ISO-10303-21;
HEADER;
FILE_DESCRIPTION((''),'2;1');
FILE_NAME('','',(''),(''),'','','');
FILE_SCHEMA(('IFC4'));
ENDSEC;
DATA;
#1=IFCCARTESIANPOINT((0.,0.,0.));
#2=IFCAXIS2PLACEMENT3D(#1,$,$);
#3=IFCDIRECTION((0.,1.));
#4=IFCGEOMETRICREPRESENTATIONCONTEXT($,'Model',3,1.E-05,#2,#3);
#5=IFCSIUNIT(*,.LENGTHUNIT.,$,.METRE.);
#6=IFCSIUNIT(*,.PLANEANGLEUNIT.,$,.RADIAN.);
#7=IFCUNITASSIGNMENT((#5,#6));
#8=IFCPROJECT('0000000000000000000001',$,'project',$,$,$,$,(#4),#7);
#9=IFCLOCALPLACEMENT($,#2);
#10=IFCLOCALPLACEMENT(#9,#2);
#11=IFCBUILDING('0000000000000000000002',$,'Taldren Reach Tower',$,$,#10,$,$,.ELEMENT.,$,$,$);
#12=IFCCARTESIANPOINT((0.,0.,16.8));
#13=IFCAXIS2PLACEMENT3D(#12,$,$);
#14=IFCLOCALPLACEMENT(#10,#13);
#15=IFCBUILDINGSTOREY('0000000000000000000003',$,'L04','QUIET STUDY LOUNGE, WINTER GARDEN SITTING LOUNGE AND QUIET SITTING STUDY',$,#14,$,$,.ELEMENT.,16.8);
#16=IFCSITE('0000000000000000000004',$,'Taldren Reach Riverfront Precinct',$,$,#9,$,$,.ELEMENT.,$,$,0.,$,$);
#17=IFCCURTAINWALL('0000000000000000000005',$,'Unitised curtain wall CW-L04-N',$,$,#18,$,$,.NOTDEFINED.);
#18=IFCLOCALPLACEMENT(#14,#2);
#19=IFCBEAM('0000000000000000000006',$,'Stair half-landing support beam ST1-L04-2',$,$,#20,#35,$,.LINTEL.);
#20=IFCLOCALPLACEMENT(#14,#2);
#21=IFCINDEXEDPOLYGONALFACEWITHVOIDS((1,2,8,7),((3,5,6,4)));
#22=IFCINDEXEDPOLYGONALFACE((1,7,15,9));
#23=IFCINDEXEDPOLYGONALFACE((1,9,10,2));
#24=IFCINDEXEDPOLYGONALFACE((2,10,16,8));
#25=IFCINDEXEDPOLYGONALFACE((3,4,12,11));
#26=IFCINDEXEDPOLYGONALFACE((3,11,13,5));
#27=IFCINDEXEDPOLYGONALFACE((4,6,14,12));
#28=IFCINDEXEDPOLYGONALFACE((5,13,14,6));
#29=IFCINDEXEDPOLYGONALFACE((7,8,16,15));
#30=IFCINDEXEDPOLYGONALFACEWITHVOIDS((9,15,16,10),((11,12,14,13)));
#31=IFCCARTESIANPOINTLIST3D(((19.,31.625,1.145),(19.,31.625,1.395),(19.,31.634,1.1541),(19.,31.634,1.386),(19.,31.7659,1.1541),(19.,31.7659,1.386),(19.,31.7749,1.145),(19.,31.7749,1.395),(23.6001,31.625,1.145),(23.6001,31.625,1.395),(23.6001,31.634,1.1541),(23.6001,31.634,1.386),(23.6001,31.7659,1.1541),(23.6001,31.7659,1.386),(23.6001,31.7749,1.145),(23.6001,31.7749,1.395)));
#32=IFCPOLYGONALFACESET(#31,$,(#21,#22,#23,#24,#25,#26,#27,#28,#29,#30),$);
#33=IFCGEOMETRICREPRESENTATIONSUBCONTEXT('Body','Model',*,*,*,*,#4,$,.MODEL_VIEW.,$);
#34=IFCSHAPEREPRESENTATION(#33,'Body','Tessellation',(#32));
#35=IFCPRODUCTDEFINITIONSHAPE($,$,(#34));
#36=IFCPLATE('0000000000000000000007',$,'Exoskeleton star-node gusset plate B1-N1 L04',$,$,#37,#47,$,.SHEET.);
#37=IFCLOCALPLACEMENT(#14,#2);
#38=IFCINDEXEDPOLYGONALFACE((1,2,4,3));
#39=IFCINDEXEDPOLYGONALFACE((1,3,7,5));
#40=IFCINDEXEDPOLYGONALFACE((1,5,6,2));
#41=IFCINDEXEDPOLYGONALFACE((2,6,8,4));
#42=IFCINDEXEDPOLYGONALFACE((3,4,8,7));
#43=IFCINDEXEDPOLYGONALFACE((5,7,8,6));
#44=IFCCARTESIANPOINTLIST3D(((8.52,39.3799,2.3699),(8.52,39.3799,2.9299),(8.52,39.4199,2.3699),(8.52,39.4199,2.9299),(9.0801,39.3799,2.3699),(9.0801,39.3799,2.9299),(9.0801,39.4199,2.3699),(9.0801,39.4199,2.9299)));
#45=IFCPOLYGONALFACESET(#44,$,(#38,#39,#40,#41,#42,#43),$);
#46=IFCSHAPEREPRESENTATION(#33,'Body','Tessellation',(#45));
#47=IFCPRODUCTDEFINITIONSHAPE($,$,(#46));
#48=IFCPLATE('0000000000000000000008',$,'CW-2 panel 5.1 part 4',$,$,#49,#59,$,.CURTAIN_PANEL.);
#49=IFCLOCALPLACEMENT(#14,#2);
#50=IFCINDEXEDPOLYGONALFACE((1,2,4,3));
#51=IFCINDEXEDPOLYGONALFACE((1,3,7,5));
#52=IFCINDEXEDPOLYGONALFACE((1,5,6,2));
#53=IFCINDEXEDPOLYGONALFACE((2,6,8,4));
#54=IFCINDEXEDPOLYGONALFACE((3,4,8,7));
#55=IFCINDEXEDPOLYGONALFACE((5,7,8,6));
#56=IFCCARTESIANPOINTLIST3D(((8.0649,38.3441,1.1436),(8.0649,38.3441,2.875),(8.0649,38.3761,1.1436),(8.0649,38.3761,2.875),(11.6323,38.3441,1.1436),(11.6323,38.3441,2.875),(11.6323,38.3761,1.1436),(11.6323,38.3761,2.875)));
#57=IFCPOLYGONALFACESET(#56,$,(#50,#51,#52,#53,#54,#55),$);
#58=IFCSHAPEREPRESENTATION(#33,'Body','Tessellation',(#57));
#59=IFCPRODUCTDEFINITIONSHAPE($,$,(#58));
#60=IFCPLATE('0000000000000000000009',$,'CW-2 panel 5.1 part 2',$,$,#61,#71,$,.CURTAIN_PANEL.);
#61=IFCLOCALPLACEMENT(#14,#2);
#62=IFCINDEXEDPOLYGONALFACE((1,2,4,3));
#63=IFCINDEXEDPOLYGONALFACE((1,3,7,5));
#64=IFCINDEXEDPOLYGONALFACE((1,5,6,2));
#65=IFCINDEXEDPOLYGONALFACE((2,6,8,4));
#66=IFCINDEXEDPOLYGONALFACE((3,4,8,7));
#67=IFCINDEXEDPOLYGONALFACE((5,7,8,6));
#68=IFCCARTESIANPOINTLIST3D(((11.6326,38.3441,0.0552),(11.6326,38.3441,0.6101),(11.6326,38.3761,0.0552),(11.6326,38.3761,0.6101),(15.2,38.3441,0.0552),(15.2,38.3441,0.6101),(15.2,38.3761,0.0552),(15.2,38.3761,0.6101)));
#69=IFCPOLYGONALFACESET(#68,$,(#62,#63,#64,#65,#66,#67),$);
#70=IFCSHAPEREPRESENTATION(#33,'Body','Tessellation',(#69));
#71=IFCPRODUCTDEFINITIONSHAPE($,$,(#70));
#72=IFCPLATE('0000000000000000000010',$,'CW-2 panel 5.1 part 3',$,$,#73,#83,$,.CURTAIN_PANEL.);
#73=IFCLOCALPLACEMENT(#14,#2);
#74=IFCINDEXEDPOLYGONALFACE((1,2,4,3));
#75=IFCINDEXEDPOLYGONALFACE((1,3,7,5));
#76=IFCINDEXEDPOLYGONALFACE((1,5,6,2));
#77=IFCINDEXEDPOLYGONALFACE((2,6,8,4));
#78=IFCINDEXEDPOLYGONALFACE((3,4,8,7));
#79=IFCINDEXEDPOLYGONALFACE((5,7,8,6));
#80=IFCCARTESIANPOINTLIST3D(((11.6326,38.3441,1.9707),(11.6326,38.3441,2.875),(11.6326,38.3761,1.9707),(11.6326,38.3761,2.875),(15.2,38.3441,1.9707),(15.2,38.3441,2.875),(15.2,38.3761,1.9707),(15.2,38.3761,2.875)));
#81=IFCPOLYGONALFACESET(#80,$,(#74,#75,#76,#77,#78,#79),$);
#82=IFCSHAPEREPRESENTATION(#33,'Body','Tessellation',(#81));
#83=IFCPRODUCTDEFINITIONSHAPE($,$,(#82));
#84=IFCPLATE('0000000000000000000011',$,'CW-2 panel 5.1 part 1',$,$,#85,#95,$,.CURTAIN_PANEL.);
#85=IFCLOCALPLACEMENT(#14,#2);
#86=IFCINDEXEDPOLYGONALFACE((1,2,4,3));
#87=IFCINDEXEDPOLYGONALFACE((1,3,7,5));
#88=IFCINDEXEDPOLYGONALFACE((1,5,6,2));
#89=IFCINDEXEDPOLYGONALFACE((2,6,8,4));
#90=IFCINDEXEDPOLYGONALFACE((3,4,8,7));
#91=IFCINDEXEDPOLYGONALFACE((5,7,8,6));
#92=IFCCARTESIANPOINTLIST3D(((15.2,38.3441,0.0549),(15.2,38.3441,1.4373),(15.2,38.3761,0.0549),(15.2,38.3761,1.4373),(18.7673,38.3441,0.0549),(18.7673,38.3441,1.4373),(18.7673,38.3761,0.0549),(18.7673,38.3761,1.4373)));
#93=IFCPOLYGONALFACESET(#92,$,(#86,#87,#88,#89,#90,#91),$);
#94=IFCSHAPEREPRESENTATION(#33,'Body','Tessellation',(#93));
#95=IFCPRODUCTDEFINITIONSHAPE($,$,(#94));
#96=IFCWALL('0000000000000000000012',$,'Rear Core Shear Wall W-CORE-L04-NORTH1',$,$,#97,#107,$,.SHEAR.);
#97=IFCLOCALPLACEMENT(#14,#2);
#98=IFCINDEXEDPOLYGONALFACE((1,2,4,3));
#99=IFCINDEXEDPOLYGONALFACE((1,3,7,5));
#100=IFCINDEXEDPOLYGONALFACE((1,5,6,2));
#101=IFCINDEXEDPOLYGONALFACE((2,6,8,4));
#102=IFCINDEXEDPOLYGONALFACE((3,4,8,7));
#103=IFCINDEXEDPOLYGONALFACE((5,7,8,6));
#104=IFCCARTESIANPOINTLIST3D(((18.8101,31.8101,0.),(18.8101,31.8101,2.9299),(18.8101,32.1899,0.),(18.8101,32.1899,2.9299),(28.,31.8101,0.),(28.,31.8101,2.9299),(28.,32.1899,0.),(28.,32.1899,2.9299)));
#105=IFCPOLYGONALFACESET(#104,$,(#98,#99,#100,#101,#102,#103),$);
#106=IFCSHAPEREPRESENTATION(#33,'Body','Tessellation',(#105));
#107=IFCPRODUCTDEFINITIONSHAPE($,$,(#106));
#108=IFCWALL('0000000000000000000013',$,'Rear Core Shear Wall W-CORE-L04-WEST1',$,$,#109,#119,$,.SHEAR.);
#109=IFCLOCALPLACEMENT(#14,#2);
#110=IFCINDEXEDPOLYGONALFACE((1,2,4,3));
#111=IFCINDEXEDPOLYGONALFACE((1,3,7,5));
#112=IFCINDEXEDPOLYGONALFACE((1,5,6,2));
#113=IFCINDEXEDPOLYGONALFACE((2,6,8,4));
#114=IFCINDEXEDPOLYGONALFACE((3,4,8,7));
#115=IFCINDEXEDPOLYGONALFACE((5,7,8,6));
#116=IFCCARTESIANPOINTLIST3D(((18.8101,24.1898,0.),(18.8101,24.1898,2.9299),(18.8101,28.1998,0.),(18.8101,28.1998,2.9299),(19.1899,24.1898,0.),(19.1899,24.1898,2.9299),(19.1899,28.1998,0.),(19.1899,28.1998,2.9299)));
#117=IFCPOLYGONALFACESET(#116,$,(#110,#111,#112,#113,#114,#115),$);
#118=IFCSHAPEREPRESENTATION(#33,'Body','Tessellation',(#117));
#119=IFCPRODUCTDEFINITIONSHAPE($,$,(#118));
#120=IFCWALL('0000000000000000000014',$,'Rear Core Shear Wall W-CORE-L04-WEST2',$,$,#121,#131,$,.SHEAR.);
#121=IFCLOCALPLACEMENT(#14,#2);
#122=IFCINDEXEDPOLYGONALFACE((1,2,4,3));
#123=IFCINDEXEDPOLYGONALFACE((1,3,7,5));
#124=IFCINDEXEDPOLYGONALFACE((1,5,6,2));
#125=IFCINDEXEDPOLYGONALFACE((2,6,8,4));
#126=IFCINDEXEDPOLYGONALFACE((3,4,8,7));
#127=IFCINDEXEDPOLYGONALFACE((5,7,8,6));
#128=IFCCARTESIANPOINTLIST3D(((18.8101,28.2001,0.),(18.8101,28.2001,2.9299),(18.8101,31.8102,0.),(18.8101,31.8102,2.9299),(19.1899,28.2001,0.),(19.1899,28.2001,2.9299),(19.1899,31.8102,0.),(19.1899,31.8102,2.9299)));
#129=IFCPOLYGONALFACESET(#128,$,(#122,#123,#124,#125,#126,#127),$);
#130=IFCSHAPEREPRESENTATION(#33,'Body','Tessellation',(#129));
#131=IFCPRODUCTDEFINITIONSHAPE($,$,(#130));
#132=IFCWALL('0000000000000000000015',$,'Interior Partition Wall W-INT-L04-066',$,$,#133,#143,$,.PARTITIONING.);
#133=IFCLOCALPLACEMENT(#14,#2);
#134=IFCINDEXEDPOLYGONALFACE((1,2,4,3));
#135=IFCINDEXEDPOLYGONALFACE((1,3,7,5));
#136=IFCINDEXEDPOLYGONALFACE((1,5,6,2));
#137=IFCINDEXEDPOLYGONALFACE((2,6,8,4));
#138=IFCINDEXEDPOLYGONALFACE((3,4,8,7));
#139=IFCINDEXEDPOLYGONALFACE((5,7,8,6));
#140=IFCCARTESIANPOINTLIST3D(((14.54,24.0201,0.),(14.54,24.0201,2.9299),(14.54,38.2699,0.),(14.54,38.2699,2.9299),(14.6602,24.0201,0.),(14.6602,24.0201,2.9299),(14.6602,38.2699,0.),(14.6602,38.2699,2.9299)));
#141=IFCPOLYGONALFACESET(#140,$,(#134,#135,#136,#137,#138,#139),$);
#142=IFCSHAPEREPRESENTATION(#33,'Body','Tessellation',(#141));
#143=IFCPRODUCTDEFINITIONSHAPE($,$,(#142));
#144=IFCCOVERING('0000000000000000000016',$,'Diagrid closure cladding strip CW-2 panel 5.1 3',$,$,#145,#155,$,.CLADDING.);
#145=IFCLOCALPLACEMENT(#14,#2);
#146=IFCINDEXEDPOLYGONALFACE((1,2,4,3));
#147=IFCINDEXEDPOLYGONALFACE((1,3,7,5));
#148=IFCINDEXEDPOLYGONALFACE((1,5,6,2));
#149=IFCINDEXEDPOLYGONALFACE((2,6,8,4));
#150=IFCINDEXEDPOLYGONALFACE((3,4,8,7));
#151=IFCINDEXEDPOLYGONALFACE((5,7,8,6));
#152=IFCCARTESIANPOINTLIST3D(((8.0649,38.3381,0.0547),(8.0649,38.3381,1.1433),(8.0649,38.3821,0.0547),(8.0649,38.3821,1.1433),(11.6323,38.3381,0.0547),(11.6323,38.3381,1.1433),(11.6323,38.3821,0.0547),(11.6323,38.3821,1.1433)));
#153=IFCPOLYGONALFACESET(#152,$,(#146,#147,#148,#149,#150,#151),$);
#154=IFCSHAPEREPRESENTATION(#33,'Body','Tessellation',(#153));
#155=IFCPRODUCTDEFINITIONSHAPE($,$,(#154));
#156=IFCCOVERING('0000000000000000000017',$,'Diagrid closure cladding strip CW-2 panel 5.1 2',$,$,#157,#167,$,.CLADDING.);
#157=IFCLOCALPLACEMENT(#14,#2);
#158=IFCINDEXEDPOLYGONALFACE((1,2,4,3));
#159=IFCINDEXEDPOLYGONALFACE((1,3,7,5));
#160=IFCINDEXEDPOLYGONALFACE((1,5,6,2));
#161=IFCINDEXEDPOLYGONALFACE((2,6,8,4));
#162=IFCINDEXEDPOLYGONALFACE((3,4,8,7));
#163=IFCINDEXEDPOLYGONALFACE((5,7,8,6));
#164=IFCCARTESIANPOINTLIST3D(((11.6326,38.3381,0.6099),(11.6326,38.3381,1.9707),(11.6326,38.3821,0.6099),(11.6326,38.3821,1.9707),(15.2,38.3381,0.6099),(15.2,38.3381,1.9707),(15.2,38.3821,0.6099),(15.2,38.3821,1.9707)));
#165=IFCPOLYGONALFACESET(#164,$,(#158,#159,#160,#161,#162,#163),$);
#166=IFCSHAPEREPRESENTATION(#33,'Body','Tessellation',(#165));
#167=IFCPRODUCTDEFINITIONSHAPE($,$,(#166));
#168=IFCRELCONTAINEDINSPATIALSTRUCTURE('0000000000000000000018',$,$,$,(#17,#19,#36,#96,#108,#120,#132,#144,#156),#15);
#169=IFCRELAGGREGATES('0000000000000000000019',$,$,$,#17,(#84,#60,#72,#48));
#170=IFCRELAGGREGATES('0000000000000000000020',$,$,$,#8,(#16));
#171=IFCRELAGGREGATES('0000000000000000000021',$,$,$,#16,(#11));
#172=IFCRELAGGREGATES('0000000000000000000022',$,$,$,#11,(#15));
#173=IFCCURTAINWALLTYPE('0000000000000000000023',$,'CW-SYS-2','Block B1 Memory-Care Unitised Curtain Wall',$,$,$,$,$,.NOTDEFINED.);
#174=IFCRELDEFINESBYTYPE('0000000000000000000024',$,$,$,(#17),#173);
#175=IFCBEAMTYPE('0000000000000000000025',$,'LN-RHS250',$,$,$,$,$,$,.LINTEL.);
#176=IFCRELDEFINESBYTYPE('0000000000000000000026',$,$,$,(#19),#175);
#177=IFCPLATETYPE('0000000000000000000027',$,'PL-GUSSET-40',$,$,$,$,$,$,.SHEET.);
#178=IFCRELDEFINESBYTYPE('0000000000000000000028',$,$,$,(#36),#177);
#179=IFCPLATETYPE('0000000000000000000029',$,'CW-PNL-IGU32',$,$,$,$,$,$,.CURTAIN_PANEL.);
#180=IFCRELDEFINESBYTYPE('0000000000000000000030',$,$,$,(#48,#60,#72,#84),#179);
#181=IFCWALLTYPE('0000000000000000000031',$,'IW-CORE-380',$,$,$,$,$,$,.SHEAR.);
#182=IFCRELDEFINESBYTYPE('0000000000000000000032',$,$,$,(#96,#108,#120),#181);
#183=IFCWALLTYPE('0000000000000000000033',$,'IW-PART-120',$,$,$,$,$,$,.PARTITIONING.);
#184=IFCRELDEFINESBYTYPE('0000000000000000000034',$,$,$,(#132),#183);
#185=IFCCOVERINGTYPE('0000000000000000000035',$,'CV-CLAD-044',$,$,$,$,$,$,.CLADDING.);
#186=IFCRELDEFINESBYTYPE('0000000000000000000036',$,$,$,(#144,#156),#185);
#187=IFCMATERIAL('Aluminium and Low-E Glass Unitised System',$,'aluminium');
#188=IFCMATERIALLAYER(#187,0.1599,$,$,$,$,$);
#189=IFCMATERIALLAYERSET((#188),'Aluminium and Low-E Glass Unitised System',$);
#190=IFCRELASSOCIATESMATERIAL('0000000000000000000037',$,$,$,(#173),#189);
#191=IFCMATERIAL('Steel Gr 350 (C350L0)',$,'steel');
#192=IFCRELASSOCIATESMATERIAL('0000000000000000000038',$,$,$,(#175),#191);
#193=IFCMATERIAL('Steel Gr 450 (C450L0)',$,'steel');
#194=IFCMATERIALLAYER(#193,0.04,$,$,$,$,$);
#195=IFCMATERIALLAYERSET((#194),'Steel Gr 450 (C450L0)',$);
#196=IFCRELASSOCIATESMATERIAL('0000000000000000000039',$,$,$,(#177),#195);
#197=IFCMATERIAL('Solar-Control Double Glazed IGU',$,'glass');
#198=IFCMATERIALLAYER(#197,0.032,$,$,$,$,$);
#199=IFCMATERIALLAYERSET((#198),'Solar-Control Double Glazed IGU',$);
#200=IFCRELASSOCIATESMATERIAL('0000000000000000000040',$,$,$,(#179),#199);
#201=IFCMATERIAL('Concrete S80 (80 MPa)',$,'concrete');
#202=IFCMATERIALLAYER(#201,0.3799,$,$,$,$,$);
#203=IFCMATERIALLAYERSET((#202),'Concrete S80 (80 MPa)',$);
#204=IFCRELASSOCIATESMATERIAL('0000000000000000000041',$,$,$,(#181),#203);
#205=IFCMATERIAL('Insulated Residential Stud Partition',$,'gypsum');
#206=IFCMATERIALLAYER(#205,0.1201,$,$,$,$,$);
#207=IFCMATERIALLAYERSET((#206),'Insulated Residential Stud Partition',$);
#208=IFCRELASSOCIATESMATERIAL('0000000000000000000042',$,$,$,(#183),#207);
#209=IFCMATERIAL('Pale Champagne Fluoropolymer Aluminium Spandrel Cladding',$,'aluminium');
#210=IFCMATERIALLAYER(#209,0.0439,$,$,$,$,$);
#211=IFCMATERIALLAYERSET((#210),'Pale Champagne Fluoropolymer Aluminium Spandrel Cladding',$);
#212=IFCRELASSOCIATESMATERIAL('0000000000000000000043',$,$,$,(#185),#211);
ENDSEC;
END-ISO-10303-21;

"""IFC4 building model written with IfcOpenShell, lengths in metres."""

from ifc_helpers import new_model, si_unit, direction, frame, frame_2d, origin, origin_2d, place, context, subcontext, project, spatial, rectangle, hollow_rectangle, extrude, source, transform, mapped, material, layer, layer_set, material_profile, profile_set, type_object, element, aggregate, save


model = new_model("IFC4")

# Units and contexts
model_context = context("Model", 3, precision=1e-05, world=origin(), true_north=direction((0.0, 1.0)))
body_context = subcontext(model_context, "Body", "Model", "MODEL_VIEW")
ifc_project = project(units=[si_unit("LENGTHUNIT", "METRE"), si_unit("PLANEANGLEUNIT", "RADIAN")], contexts=[model_context])

# Site, building, storey
site_placement = place(None, origin())
site = spatial("IfcSite", under=ifc_project, at=site_placement, Name="Taldren Reach Riverfront Precinct", CompositionType="ELEMENT", RefElevation=0.0)
building_placement = place(site_placement, origin())
building = spatial("IfcBuilding", under=site, at=building_placement, Name="Taldren Reach Tower", CompositionType="ELEMENT")
storey_placement = place(building_placement, frame((0.0, 0.0, 16.8)))
storey = spatial("IfcBuildingStorey", under=building, at=storey_placement, Name="L04", Description="QUIET STUDY LOUNGE, WINTER GARDEN SITTING LOUNGE AND QUIET SITTING STUDY", CompositionType="ELEMENT", Elevation=16.8)

# Shared definitions
ifc_material_1 = material(Name="Steel Gr 450 (C450L0)", Category="steel")
ifc_material_2 = material(Name="Steel Gr 350 (C350L0)", Category="steel")

# Curtain wall
ifc_material_3 = material(Name="Aluminium and Low-E Glass Unitised System", Category="aluminium")
ifc_layer_1 = layer(ifc_material_3, 0.1599)
ifc_layer_set_1 = layer_set([ifc_layer_1], Name="Aluminium and Low-E Glass Unitised System")
curtain_wall_type = type_object("IfcCurtainWallType", Name="CW-SYS-2", Description="Block B1 Memory-Care Unitised Curtain Wall", PredefinedType="NOTDEFINED", material=ifc_layer_set_1)
curtain_wall_placement = place(storey_placement, origin())
curtain_wall = element("IfcCurtainWall", 1, at=curtain_wall_placement, inside=storey, type_object=curtain_wall_type, Name="Unitised curtain wall CW-L04-N", PredefinedType="NOTDEFINED")

# Beam
ifc_material_profile_1 = material_profile(ifc_material_2, hollow_rectangle(XDim=0.1499, YDim=0.25, WallThickness=0.009, at=origin_2d()), Name="250x150x9.0RHS")
ifc_profile_set_1 = profile_set([ifc_material_profile_1], Name="Steel Gr 350 (C350L0)")
beam_type_1 = type_object("IfcBeamType", Name="LN-RHS250", PredefinedType="LINTEL", material=ifc_profile_set_1)
shared_shape_1 = source(origin(), body_context, "Body", "SweptSolid", [
    extrude(hollow_rectangle(XDim=0.1499, YDim=0.25, WallThickness=0.009, at=origin_2d()), origin(), (0.0, 0.0, 1.0), 4.6001),
])
for number, where, z_axis, x_axis, name in (
    (2, (19.0, 31.7, 1.27), (1.0, 0.0, 0.0), (0.0, 1.0, 0.0), "Stair half-landing support beam ST1-L04-2"),
):
    element("IfcBeam", number, at=place(storey_placement, frame(where, z_axis=z_axis, x_axis=x_axis)), inside=storey, type_object=beam_type_1, Name=name, PredefinedType="LINTEL", context=body_context, shape_type="MappedRepresentation", body=[
        mapped(shared_shape_1, transform((0.0, 0.0, 0.0), scale=1.0)),
    ])

# Plates
ifc_layer_2 = layer(ifc_material_1, 0.04)
ifc_layer_set_2 = layer_set([ifc_layer_2], Name="Steel Gr 450 (C450L0)")
plate_type_1 = type_object("IfcPlateType", Name="PL-GUSSET-40", PredefinedType="SHEET", material=ifc_layer_set_2)
shared_shape_2 = source(origin(), body_context, "Body", "SweptSolid", [
    extrude(rectangle(XDim=0.5601, YDim=0.04, at=origin_2d()), origin(), (0.0, 0.0, 1.0), 0.5601),
])
plate_1_placement = place(storey_placement, frame((8.8, 39.3999, 2.3699), z_axis=(0.0, 0.0, 1.0), x_axis=(1.0, 0.0, 0.0)))
element("IfcPlate", 3, at=plate_1_placement, inside=storey, type_object=plate_type_1, Name="Exoskeleton star-node gusset plate B1-N1 L04", PredefinedType="SHEET", context=body_context, shape_type="MappedRepresentation", body=[
    mapped(shared_shape_2, transform((0.0, 0.0, 0.0), scale=1.0)),
])
ifc_material_4 = material(Name="Solar-Control Double Glazed IGU", Category="glass")
ifc_layer_3 = layer(ifc_material_4, 0.032)
ifc_layer_set_3 = layer_set([ifc_layer_3], Name="Solar-Control Double Glazed IGU")
plate_type_2 = type_object("IfcPlateType", Name="CW-PNL-IGU32", PredefinedType="CURTAIN_PANEL", material=ifc_layer_set_3)
shared_shape_3 = source(origin(), body_context, "Body", "SweptSolid", [
    extrude(rectangle(XDim=3.5674, YDim=0.032, at=origin_2d()), origin(), (0.0, 0.0, 1.0), 1.7314),
])
plate_2_placement = place(storey_placement, frame((9.8486, 38.3601, 1.1436), z_axis=(0.0, 0.0, 1.0), x_axis=(-1.0, 0.0, 0.0)))
plate_2 = element("IfcPlate", 4, at=plate_2_placement, type_object=plate_type_2, Name="CW-2 panel 5.1 part 4", PredefinedType="CURTAIN_PANEL", context=body_context, shape_type="MappedRepresentation", body=[
    mapped(shared_shape_3, transform((0.0, 0.0, 0.0), scale=1.0)),
])
shared_shape_4 = source(origin(), body_context, "Body", "SweptSolid", [
    extrude(rectangle(XDim=3.5674, YDim=0.032, at=origin_2d()), origin(), (0.0, 0.0, 1.0), 0.5549),
])
plate_3_placement = place(storey_placement, frame((13.4163, 38.3601, 0.0552), z_axis=(0.0, 0.0, 1.0), x_axis=(-1.0, 0.0, 0.0)))
plate_3 = element("IfcPlate", 5, at=plate_3_placement, type_object=plate_type_2, Name="CW-2 panel 5.1 part 2", PredefinedType="CURTAIN_PANEL", context=body_context, shape_type="MappedRepresentation", body=[
    mapped(shared_shape_4, transform((0.0, 0.0, 0.0), scale=1.0)),
])
shared_shape_5 = source(origin(), body_context, "Body", "SweptSolid", [
    extrude(rectangle(XDim=3.5674, YDim=0.032, at=origin_2d()), origin(), (0.0, 0.0, 1.0), 0.9043),
])
plate_4_placement = place(storey_placement, frame((13.4163, 38.3601, 1.9707), z_axis=(0.0, 0.0, 1.0), x_axis=(-1.0, 0.0, 0.0)))
plate_4 = element("IfcPlate", 6, at=plate_4_placement, type_object=plate_type_2, Name="CW-2 panel 5.1 part 3", PredefinedType="CURTAIN_PANEL", context=body_context, shape_type="MappedRepresentation", body=[
    mapped(shared_shape_5, transform((0.0, 0.0, 0.0), scale=1.0)),
])
shared_shape_6 = source(origin(), body_context, "Body", "SweptSolid", [
    extrude(rectangle(XDim=3.5674, YDim=0.032, at=origin_2d()), origin(), (0.0, 0.0, 1.0), 1.3823),
])
plate_5_placement = place(storey_placement, frame((16.9836, 38.3601, 0.0549), z_axis=(0.0, 0.0, 1.0), x_axis=(-1.0, 0.0, 0.0)))
plate_5 = element("IfcPlate", 7, at=plate_5_placement, type_object=plate_type_2, Name="CW-2 panel 5.1 part 1", PredefinedType="CURTAIN_PANEL", context=body_context, shape_type="MappedRepresentation", body=[
    mapped(shared_shape_6, transform((0.0, 0.0, 0.0), scale=1.0)),
])
aggregate(curtain_wall, [plate_5, plate_3, plate_4, plate_2])

# Walls
ifc_material_5 = material(Name="Concrete S80 (80 MPa)", Category="concrete")
ifc_layer_4 = layer(ifc_material_5, 0.3799)
ifc_layer_set_4 = layer_set([ifc_layer_4], Name="Concrete S80 (80 MPa)")
wall_type_1 = type_object("IfcWallType", Name="IW-CORE-380", PredefinedType="SHEAR", material=ifc_layer_set_4)
shared_shape_7 = source(origin(), body_context, "Body", "SweptSolid", [
    extrude(rectangle(XDim=9.1899, YDim=0.3799, at=frame_2d((4.595, 0.0))), origin(), (0.0, 0.0, 1.0), 2.9299),
])
wall_1_placement = place(storey_placement, frame((18.8101, 32.0, 0.0), z_axis=(0.0, 0.0, 1.0), x_axis=(1.0, 0.0, 0.0)))
element("IfcWall", 8, at=wall_1_placement, inside=storey, type_object=wall_type_1, Name="Rear Core Shear Wall W-CORE-L04-NORTH1", PredefinedType="SHEAR", context=body_context, shape_type="MappedRepresentation", body=[
    mapped(shared_shape_7, transform((0.0, 0.0, 0.0), scale=1.0)),
])
shared_shape_8 = source(origin(), body_context, "Body", "SweptSolid", [
    extrude(rectangle(XDim=4.01, YDim=0.3799, at=frame_2d((2.0049, 0.0))), origin(), (0.0, 0.0, 1.0), 2.9299),
])
wall_2_placement = place(storey_placement, frame((19.0, 24.1899, 0.0), z_axis=(0.0, 0.0, 1.0), x_axis=(0.0, 1.0, 0.0)))
element("IfcWall", 9, at=wall_2_placement, inside=storey, type_object=wall_type_1, Name="Rear Core Shear Wall W-CORE-L04-WEST1", PredefinedType="SHEAR", context=body_context, shape_type="MappedRepresentation", body=[
    mapped(shared_shape_8, transform((0.0, 0.0, 0.0), scale=1.0)),
])
shared_shape_9 = source(origin(), body_context, "Body", "SweptSolid", [
    extrude(rectangle(XDim=3.6101, YDim=0.3799, at=frame_2d((1.8052, 0.0))), origin(), (0.0, 0.0, 1.0), 2.9299),
])
wall_3_placement = place(storey_placement, frame((19.0, 28.2, 0.0), z_axis=(0.0, 0.0, 1.0), x_axis=(0.0, 1.0, 0.0)))
element("IfcWall", 10, at=wall_3_placement, inside=storey, type_object=wall_type_1, Name="Rear Core Shear Wall W-CORE-L04-WEST2", PredefinedType="SHEAR", context=body_context, shape_type="MappedRepresentation", body=[
    mapped(shared_shape_9, transform((0.0, 0.0, 0.0), scale=1.0)),
])
ifc_material_6 = material(Name="Insulated Residential Stud Partition", Category="gypsum")
ifc_layer_5 = layer(ifc_material_6, 0.1201)
ifc_layer_set_5 = layer_set([ifc_layer_5], Name="Insulated Residential Stud Partition")
wall_type_2 = type_object("IfcWallType", Name="IW-PART-120", PredefinedType="PARTITIONING", material=ifc_layer_set_5)
shared_shape_10 = source(origin(), body_context, "Body", "SweptSolid", [
    extrude(rectangle(XDim=14.2498, YDim=0.1201, at=frame_2d((7.125, 0.0))), origin(), (0.0, 0.0, 1.0), 2.9299),
])
wall_4_placement = place(storey_placement, frame((14.6001, 38.27, 0.0), z_axis=(0.0, 0.0, 1.0), x_axis=(0.0, -1.0, 0.0)))
element("IfcWall", 11, at=wall_4_placement, inside=storey, type_object=wall_type_2, Name="Interior Partition Wall W-INT-L04-066", PredefinedType="PARTITIONING", context=body_context, shape_type="MappedRepresentation", body=[
    mapped(shared_shape_10, transform((0.0, 0.0, 0.0), scale=1.0)),
])

# Coverings
ifc_material_7 = material(Name="Pale Champagne Fluoropolymer Aluminium Spandrel Cladding", Category="aluminium")
ifc_layer_6 = layer(ifc_material_7, 0.0439)
ifc_layer_set_6 = layer_set([ifc_layer_6], Name="Pale Champagne Fluoropolymer Aluminium Spandrel Cladding")
covering_type = type_object("IfcCoveringType", Name="CV-CLAD-044", PredefinedType="CLADDING", material=ifc_layer_set_6)
shared_shape_11 = source(origin(), body_context, "Body", "SweptSolid", [
    extrude(rectangle(XDim=3.5674, YDim=0.0439, at=origin_2d()), origin(), (0.0, 0.0, 1.0), 1.0886),
])
covering_1_placement = place(storey_placement, frame((9.8486, 38.3601, 0.0547), z_axis=(0.0, 0.0, 1.0), x_axis=(-1.0, 0.0, 0.0)))
element("IfcCovering", 12, at=covering_1_placement, inside=storey, type_object=covering_type, Name="Diagrid closure cladding strip CW-2 panel 5.1 3", PredefinedType="CLADDING", context=body_context, shape_type="MappedRepresentation", body=[
    mapped(shared_shape_11, transform((0.0, 0.0, 0.0), scale=1.0)),
])
shared_shape_12 = source(origin(), body_context, "Body", "SweptSolid", [
    extrude(rectangle(XDim=3.5674, YDim=0.0439, at=origin_2d()), origin(), (0.0, 0.0, 1.0), 1.3608),
])
covering_2_placement = place(storey_placement, frame((13.4163, 38.3601, 0.6099), z_axis=(0.0, 0.0, 1.0), x_axis=(-1.0, 0.0, 0.0)))
element("IfcCovering", 13, at=covering_2_placement, inside=storey, type_object=covering_type, Name="Diagrid closure cladding strip CW-2 panel 5.1 2", PredefinedType="CLADDING", context=body_context, shape_type="MappedRepresentation", body=[
    mapped(shared_shape_12, transform((0.0, 0.0, 0.0), scale=1.0)),
])

save(model, "model.ifc")
